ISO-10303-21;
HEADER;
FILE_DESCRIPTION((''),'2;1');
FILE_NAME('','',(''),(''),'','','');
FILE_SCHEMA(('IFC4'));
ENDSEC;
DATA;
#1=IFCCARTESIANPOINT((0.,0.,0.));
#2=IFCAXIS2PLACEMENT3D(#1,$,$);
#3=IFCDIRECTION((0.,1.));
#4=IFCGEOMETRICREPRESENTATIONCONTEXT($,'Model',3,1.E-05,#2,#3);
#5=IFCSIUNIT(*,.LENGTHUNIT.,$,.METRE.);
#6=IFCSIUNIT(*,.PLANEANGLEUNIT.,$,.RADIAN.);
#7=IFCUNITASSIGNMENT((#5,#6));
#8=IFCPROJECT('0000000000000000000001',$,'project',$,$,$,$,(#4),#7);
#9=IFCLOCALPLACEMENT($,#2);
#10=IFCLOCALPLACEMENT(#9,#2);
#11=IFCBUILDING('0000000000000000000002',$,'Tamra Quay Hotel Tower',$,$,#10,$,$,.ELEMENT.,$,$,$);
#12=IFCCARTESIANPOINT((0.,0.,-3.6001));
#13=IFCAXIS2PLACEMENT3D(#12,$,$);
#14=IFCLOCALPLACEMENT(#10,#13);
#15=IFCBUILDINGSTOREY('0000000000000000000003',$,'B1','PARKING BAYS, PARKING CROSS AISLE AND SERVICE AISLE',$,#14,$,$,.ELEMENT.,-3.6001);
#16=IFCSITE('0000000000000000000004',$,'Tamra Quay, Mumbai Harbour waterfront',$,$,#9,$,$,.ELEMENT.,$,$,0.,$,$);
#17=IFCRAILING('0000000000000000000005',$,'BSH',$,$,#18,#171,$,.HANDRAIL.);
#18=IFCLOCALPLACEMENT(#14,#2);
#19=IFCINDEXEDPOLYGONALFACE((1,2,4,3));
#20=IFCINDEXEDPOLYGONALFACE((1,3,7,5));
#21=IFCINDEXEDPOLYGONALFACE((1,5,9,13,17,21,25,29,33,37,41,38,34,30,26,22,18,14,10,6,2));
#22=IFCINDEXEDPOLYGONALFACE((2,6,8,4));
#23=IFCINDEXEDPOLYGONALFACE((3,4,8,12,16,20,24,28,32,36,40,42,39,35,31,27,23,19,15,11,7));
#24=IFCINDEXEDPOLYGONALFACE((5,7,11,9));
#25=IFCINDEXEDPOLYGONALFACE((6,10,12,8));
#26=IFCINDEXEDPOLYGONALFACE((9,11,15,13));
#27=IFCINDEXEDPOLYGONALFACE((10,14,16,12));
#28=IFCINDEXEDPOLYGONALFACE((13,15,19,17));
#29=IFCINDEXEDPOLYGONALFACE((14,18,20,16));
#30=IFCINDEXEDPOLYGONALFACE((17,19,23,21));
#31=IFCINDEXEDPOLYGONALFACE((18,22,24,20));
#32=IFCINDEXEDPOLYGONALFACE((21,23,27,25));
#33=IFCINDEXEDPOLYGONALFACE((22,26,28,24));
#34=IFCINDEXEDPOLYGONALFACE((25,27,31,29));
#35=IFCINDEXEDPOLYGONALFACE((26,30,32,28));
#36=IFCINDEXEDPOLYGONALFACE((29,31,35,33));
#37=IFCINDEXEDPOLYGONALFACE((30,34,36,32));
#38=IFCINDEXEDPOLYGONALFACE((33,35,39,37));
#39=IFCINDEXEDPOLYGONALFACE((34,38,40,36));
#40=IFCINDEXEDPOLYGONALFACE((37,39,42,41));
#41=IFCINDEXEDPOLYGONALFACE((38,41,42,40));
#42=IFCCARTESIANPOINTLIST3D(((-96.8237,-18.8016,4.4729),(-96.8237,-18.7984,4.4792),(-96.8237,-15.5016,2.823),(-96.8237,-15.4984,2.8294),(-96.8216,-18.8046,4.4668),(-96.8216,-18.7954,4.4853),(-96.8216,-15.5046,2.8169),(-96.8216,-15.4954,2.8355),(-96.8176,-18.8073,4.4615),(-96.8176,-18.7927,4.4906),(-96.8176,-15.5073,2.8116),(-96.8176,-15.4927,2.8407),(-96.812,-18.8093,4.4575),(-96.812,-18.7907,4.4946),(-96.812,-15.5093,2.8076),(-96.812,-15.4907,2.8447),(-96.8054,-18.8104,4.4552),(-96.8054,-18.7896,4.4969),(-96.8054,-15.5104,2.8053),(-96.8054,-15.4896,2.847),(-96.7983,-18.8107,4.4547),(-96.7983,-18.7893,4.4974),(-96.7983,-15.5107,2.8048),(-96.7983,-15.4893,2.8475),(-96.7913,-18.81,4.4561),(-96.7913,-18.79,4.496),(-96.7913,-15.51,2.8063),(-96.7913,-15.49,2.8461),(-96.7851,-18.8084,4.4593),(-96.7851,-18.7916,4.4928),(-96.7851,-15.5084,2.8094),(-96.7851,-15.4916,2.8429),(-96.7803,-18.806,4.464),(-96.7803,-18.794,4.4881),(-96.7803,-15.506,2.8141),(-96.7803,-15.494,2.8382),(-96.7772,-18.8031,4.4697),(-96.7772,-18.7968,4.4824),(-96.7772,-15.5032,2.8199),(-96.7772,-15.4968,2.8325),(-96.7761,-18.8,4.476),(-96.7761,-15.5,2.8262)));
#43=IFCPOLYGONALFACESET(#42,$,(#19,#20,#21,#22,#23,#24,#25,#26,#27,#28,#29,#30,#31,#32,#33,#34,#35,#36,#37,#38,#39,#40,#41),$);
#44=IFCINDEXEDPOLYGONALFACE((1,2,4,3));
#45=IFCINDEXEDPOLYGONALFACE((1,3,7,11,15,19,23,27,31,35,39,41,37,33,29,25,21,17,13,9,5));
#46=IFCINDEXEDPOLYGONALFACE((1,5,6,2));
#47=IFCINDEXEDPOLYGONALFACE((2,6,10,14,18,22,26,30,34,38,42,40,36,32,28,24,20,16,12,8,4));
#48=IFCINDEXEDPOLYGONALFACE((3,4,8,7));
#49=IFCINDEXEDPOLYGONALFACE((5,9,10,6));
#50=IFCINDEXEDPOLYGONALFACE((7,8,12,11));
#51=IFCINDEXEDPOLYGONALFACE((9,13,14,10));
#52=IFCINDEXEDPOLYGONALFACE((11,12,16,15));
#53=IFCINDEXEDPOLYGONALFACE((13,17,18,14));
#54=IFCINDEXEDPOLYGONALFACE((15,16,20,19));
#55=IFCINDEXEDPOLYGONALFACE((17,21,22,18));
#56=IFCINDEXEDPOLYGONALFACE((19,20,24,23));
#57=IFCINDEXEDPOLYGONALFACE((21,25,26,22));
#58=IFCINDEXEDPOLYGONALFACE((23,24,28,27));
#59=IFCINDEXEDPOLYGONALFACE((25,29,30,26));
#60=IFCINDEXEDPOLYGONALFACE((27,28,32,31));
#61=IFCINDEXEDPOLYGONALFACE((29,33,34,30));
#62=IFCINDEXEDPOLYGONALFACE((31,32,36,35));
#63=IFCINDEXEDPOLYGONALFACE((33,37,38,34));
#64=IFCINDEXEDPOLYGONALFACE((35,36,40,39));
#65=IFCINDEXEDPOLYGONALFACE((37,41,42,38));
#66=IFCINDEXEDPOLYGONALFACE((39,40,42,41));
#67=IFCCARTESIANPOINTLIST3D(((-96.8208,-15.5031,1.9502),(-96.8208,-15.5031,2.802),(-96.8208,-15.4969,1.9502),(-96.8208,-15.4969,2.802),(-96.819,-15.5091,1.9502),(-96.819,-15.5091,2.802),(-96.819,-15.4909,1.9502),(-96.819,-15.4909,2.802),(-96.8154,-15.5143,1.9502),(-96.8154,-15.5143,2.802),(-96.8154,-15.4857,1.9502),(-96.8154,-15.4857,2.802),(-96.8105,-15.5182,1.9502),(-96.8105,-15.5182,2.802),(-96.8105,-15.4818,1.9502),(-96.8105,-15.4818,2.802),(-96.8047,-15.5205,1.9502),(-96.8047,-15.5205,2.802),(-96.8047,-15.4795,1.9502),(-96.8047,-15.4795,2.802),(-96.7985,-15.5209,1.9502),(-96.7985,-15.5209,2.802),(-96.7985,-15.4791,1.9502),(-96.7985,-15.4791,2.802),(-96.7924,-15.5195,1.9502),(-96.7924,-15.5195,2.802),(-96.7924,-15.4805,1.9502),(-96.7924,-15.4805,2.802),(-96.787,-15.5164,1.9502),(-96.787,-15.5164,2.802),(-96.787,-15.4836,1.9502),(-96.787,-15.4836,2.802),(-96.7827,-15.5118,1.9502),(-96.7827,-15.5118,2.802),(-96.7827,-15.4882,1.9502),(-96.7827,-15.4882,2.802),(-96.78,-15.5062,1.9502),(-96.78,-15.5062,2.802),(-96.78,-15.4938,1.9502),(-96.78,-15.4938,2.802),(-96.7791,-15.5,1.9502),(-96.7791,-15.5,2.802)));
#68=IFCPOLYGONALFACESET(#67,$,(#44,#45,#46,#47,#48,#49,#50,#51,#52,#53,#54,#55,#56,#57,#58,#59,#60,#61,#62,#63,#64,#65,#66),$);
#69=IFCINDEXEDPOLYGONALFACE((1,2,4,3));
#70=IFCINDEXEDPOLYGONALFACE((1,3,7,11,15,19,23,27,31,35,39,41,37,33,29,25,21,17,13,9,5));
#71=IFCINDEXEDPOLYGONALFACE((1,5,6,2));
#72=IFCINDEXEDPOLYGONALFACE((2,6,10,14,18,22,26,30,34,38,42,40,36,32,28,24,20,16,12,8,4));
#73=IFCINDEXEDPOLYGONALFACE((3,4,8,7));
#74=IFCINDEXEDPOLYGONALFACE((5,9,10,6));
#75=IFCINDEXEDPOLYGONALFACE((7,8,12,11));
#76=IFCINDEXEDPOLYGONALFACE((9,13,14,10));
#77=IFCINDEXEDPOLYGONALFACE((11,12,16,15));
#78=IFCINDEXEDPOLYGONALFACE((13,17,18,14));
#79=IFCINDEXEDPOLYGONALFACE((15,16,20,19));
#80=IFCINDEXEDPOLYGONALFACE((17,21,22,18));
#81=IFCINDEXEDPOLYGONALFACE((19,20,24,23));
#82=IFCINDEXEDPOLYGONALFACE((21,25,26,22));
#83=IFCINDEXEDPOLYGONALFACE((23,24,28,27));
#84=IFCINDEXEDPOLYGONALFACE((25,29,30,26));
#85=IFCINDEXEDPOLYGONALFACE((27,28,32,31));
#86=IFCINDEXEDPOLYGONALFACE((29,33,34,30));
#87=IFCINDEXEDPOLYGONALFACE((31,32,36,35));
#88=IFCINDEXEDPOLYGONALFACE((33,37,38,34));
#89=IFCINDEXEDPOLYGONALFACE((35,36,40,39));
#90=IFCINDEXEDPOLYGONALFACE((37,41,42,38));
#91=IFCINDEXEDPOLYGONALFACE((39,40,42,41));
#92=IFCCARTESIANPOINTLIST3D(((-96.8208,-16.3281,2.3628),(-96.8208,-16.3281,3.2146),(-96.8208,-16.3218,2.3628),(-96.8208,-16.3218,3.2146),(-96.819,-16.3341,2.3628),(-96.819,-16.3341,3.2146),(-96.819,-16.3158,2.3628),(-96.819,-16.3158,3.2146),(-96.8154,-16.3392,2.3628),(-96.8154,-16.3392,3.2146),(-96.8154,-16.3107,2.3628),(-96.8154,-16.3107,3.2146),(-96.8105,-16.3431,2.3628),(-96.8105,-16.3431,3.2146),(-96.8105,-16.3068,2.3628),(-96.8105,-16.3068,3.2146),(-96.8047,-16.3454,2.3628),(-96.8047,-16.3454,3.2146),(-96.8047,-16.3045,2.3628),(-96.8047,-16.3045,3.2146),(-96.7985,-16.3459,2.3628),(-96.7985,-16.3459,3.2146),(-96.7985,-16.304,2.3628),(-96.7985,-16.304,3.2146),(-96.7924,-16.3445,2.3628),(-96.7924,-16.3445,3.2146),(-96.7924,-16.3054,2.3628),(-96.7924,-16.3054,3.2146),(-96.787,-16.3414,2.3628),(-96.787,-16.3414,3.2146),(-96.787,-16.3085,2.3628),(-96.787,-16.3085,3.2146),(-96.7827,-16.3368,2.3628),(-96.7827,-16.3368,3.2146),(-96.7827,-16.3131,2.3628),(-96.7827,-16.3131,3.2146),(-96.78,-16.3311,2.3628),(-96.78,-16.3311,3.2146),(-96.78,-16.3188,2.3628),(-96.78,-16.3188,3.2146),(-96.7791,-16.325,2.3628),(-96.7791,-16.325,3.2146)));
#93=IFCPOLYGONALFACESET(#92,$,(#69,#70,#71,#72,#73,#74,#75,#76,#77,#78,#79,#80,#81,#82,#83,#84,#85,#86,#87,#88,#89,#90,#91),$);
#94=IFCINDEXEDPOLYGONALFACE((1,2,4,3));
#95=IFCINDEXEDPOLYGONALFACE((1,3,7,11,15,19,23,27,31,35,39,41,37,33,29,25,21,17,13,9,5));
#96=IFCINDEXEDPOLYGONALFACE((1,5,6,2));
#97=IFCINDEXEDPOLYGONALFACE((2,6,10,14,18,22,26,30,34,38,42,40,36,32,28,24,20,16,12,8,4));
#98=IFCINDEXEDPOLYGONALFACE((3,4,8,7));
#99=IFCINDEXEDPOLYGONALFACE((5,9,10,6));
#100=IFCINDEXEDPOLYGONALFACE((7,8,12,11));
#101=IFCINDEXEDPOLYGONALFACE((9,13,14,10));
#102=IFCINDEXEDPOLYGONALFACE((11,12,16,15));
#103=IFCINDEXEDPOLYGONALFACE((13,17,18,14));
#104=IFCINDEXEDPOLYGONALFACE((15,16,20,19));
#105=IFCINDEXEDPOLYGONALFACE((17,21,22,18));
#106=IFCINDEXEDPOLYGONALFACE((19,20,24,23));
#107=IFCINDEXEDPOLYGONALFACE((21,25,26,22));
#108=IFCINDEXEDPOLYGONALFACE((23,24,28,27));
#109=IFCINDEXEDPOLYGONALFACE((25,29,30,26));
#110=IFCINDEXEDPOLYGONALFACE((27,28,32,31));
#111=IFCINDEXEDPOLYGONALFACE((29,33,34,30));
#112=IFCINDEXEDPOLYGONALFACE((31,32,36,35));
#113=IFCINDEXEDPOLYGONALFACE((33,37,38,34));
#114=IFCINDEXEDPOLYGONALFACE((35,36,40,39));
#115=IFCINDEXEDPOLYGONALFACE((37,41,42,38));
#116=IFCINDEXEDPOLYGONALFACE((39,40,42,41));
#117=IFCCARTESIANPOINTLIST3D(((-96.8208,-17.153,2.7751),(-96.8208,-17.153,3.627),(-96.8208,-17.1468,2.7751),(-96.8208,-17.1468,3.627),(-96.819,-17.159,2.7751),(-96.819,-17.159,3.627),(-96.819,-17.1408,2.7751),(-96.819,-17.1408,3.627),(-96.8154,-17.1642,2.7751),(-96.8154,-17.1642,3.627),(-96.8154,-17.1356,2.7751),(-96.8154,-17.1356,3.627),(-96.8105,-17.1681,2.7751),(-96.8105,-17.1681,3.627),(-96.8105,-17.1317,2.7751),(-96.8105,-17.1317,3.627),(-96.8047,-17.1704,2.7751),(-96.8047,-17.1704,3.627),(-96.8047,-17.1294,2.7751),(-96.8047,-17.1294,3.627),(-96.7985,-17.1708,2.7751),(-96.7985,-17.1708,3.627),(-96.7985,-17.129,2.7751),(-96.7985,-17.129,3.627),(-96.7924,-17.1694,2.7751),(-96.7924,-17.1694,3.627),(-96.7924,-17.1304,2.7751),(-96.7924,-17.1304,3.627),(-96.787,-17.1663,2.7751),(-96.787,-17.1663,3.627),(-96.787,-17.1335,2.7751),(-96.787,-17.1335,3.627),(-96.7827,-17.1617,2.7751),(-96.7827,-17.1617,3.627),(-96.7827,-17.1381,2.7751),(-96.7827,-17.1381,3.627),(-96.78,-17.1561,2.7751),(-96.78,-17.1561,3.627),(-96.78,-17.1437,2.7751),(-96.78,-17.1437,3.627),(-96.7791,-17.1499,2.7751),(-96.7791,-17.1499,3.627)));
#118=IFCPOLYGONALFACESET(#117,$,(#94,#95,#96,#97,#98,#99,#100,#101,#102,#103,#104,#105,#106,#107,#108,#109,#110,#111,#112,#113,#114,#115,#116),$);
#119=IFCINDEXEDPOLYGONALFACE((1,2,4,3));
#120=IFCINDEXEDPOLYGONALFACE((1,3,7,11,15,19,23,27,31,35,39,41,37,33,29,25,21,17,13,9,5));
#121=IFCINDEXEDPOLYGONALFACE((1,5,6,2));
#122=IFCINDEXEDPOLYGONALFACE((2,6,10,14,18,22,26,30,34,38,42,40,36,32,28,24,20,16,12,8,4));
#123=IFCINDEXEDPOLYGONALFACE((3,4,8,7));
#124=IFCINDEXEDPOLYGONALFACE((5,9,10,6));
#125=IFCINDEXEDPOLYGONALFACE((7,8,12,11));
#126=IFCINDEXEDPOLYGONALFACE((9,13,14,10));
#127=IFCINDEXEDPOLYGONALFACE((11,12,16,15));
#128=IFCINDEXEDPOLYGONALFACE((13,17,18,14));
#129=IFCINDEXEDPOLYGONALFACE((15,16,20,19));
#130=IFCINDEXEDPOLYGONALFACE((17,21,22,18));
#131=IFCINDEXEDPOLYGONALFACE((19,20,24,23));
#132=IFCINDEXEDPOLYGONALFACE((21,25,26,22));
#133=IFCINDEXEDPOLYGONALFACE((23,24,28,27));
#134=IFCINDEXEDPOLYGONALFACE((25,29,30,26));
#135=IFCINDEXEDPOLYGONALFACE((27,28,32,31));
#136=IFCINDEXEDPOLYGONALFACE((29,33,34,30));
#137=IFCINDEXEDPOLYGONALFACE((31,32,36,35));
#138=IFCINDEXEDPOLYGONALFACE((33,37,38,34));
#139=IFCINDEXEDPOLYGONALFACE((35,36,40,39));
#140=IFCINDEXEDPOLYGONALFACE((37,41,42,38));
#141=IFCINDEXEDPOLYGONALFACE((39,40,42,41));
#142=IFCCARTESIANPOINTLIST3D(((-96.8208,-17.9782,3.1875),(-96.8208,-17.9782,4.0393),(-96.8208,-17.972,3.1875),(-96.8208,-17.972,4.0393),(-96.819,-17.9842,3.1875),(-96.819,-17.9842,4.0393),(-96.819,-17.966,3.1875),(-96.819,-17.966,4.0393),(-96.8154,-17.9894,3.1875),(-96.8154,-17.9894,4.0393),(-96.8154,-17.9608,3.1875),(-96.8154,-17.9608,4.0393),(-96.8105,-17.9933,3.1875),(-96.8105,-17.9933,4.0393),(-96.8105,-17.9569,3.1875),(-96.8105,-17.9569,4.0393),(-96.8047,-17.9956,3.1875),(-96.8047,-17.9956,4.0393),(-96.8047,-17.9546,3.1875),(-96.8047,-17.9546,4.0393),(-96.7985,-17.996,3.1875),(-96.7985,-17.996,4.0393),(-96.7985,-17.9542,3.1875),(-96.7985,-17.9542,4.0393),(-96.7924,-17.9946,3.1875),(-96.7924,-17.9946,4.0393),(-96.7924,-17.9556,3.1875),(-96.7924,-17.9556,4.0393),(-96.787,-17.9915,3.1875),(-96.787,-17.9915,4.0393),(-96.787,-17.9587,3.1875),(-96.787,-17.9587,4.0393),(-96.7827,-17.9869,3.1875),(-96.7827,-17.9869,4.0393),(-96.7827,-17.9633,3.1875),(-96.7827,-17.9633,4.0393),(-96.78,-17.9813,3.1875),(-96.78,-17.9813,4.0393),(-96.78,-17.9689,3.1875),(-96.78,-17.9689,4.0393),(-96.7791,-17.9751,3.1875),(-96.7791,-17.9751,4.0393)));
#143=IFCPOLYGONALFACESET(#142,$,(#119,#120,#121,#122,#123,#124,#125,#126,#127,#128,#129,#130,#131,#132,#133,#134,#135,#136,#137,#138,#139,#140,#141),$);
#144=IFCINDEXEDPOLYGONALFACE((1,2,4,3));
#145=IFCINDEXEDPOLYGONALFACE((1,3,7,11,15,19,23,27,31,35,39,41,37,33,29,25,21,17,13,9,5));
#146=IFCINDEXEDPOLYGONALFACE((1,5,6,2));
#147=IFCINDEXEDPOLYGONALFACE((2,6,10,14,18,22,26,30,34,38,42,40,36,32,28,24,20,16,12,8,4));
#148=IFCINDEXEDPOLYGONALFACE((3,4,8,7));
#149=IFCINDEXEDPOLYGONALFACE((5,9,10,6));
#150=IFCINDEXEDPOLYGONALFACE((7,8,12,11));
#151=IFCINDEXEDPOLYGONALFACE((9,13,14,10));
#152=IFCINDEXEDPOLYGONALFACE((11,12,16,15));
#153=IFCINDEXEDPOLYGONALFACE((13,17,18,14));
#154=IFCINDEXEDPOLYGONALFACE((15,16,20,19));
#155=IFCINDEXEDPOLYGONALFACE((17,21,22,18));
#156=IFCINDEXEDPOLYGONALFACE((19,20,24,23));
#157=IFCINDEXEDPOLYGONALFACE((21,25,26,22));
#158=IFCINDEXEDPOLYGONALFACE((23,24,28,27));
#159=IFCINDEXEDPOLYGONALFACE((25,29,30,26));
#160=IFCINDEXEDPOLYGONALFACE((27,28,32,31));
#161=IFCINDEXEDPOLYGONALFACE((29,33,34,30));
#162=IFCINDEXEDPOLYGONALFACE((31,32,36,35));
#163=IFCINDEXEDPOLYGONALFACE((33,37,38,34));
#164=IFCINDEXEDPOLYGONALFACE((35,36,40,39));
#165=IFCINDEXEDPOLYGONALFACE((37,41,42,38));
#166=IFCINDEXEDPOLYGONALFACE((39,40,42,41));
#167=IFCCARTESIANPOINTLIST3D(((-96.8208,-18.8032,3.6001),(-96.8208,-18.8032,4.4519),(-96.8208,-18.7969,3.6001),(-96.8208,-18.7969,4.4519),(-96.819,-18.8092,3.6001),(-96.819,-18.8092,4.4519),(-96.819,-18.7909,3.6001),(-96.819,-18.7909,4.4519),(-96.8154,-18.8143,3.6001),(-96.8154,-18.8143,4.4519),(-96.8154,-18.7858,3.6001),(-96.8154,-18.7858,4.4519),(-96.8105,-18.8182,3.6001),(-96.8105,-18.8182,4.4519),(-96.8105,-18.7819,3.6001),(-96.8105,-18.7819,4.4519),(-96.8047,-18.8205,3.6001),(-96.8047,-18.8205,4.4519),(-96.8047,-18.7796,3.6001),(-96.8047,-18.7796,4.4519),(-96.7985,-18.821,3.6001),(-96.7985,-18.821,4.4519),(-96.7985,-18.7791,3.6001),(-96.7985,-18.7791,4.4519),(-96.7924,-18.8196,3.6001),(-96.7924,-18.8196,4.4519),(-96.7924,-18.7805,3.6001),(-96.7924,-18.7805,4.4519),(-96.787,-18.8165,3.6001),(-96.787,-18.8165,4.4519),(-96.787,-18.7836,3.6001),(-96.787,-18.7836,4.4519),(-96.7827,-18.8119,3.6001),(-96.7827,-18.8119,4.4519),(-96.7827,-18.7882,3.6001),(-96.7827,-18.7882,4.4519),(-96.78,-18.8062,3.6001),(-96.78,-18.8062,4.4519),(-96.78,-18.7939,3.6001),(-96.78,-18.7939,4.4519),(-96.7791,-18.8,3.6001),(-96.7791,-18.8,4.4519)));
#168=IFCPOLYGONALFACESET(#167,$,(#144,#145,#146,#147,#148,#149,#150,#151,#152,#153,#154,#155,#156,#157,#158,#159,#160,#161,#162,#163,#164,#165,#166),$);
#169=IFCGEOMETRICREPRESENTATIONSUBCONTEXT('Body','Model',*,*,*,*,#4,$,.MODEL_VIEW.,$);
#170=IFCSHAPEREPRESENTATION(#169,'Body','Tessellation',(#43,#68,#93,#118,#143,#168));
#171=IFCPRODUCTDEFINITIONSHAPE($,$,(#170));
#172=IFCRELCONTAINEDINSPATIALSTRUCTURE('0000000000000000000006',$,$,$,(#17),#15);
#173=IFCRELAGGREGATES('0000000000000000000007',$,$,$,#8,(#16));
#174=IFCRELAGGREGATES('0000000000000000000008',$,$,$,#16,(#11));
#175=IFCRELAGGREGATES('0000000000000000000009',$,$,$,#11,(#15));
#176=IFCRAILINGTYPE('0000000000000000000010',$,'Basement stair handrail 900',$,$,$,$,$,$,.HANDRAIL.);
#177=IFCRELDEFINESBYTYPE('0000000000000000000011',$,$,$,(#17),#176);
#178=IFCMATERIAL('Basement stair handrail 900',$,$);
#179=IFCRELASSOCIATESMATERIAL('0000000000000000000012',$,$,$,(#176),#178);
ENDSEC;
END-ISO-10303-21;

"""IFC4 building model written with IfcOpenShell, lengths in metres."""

from ifc_helpers import new_model, si_unit, direction, frame, origin, origin_2d, place, context, subcontext, project, spatial, circle, extrude, material, type_object, element, save


model = new_model("IFC4")

# Units and contexts
model_context = context("Model", 3, precision=1e-05, world=origin(), true_north=direction((0.0, 1.0)))
body_context = subcontext(model_context, "Body", "Model", "MODEL_VIEW")
ifc_project = project(units=[si_unit("LENGTHUNIT", "METRE"), si_unit("PLANEANGLEUNIT", "RADIAN")], contexts=[model_context])

# Site, building, storey
site_placement = place(None, origin())
site = spatial("IfcSite", under=ifc_project, at=site_placement, Name="Tamra Quay, Mumbai Harbour waterfront", CompositionType="ELEMENT", RefElevation=0.0)
building_placement = place(site_placement, origin())
building = spatial("IfcBuilding", under=site, at=building_placement, Name="Tamra Quay Hotel Tower", CompositionType="ELEMENT")
storey_placement = place(building_placement, frame((0.0, 0.0, -3.6001)))
storey = spatial("IfcBuildingStorey", under=building, at=storey_placement, Name="B1", Description="PARKING BAYS, PARKING CROSS AISLE AND SERVICE AISLE", CompositionType="ELEMENT", Elevation=-3.6001)

# Railing
ifc_material_1 = material(Name="Basement stair handrail 900")
railing_type_1 = type_object("IfcRailingType", Name="Basement stair handrail 900", PredefinedType="HANDRAIL", material=ifc_material_1)
railing_1_placement = place(storey_placement, frame((-96.8, -15.5, 1.9502)))
element("IfcRailing", 1, at=railing_1_placement, inside=storey, type_object=railing_type_1, Name="BSH", PredefinedType="HANDRAIL", context=body_context, shape_type="SweptSolid", body=[
    extrude(circle(Radius=0.0239, at=origin_2d()), frame((0.0, 0.0, 0.876), z_axis=(0.0, -0.89444, 0.447187), x_axis=(1.0, 0.0, 0.0)), (0.0, 0.0, 1.0), 3.6895),
    extrude(circle(Radius=0.021, at=origin_2d()), origin(), (0.0, 0.0, 1.0), 0.8518),
    extrude(circle(Radius=0.021, at=origin_2d()), frame((0.0, -0.825, 0.4126)), (0.0, 0.0, 1.0), 0.8518),
    extrude(circle(Radius=0.021, at=origin_2d()), frame((0.0, -1.6499, 0.825)), (0.0, 0.0, 1.0), 0.8518),
    extrude(circle(Radius=0.021, at=origin_2d()), frame((0.0, -2.4751, 1.2373)), (0.0, 0.0, 1.0), 0.8518),
    extrude(circle(Radius=0.021, at=origin_2d()), frame((0.0, -3.3, 1.6499)), (0.0, 0.0, 1.0), 0.8518),
])

save(model, "model.ifc")
